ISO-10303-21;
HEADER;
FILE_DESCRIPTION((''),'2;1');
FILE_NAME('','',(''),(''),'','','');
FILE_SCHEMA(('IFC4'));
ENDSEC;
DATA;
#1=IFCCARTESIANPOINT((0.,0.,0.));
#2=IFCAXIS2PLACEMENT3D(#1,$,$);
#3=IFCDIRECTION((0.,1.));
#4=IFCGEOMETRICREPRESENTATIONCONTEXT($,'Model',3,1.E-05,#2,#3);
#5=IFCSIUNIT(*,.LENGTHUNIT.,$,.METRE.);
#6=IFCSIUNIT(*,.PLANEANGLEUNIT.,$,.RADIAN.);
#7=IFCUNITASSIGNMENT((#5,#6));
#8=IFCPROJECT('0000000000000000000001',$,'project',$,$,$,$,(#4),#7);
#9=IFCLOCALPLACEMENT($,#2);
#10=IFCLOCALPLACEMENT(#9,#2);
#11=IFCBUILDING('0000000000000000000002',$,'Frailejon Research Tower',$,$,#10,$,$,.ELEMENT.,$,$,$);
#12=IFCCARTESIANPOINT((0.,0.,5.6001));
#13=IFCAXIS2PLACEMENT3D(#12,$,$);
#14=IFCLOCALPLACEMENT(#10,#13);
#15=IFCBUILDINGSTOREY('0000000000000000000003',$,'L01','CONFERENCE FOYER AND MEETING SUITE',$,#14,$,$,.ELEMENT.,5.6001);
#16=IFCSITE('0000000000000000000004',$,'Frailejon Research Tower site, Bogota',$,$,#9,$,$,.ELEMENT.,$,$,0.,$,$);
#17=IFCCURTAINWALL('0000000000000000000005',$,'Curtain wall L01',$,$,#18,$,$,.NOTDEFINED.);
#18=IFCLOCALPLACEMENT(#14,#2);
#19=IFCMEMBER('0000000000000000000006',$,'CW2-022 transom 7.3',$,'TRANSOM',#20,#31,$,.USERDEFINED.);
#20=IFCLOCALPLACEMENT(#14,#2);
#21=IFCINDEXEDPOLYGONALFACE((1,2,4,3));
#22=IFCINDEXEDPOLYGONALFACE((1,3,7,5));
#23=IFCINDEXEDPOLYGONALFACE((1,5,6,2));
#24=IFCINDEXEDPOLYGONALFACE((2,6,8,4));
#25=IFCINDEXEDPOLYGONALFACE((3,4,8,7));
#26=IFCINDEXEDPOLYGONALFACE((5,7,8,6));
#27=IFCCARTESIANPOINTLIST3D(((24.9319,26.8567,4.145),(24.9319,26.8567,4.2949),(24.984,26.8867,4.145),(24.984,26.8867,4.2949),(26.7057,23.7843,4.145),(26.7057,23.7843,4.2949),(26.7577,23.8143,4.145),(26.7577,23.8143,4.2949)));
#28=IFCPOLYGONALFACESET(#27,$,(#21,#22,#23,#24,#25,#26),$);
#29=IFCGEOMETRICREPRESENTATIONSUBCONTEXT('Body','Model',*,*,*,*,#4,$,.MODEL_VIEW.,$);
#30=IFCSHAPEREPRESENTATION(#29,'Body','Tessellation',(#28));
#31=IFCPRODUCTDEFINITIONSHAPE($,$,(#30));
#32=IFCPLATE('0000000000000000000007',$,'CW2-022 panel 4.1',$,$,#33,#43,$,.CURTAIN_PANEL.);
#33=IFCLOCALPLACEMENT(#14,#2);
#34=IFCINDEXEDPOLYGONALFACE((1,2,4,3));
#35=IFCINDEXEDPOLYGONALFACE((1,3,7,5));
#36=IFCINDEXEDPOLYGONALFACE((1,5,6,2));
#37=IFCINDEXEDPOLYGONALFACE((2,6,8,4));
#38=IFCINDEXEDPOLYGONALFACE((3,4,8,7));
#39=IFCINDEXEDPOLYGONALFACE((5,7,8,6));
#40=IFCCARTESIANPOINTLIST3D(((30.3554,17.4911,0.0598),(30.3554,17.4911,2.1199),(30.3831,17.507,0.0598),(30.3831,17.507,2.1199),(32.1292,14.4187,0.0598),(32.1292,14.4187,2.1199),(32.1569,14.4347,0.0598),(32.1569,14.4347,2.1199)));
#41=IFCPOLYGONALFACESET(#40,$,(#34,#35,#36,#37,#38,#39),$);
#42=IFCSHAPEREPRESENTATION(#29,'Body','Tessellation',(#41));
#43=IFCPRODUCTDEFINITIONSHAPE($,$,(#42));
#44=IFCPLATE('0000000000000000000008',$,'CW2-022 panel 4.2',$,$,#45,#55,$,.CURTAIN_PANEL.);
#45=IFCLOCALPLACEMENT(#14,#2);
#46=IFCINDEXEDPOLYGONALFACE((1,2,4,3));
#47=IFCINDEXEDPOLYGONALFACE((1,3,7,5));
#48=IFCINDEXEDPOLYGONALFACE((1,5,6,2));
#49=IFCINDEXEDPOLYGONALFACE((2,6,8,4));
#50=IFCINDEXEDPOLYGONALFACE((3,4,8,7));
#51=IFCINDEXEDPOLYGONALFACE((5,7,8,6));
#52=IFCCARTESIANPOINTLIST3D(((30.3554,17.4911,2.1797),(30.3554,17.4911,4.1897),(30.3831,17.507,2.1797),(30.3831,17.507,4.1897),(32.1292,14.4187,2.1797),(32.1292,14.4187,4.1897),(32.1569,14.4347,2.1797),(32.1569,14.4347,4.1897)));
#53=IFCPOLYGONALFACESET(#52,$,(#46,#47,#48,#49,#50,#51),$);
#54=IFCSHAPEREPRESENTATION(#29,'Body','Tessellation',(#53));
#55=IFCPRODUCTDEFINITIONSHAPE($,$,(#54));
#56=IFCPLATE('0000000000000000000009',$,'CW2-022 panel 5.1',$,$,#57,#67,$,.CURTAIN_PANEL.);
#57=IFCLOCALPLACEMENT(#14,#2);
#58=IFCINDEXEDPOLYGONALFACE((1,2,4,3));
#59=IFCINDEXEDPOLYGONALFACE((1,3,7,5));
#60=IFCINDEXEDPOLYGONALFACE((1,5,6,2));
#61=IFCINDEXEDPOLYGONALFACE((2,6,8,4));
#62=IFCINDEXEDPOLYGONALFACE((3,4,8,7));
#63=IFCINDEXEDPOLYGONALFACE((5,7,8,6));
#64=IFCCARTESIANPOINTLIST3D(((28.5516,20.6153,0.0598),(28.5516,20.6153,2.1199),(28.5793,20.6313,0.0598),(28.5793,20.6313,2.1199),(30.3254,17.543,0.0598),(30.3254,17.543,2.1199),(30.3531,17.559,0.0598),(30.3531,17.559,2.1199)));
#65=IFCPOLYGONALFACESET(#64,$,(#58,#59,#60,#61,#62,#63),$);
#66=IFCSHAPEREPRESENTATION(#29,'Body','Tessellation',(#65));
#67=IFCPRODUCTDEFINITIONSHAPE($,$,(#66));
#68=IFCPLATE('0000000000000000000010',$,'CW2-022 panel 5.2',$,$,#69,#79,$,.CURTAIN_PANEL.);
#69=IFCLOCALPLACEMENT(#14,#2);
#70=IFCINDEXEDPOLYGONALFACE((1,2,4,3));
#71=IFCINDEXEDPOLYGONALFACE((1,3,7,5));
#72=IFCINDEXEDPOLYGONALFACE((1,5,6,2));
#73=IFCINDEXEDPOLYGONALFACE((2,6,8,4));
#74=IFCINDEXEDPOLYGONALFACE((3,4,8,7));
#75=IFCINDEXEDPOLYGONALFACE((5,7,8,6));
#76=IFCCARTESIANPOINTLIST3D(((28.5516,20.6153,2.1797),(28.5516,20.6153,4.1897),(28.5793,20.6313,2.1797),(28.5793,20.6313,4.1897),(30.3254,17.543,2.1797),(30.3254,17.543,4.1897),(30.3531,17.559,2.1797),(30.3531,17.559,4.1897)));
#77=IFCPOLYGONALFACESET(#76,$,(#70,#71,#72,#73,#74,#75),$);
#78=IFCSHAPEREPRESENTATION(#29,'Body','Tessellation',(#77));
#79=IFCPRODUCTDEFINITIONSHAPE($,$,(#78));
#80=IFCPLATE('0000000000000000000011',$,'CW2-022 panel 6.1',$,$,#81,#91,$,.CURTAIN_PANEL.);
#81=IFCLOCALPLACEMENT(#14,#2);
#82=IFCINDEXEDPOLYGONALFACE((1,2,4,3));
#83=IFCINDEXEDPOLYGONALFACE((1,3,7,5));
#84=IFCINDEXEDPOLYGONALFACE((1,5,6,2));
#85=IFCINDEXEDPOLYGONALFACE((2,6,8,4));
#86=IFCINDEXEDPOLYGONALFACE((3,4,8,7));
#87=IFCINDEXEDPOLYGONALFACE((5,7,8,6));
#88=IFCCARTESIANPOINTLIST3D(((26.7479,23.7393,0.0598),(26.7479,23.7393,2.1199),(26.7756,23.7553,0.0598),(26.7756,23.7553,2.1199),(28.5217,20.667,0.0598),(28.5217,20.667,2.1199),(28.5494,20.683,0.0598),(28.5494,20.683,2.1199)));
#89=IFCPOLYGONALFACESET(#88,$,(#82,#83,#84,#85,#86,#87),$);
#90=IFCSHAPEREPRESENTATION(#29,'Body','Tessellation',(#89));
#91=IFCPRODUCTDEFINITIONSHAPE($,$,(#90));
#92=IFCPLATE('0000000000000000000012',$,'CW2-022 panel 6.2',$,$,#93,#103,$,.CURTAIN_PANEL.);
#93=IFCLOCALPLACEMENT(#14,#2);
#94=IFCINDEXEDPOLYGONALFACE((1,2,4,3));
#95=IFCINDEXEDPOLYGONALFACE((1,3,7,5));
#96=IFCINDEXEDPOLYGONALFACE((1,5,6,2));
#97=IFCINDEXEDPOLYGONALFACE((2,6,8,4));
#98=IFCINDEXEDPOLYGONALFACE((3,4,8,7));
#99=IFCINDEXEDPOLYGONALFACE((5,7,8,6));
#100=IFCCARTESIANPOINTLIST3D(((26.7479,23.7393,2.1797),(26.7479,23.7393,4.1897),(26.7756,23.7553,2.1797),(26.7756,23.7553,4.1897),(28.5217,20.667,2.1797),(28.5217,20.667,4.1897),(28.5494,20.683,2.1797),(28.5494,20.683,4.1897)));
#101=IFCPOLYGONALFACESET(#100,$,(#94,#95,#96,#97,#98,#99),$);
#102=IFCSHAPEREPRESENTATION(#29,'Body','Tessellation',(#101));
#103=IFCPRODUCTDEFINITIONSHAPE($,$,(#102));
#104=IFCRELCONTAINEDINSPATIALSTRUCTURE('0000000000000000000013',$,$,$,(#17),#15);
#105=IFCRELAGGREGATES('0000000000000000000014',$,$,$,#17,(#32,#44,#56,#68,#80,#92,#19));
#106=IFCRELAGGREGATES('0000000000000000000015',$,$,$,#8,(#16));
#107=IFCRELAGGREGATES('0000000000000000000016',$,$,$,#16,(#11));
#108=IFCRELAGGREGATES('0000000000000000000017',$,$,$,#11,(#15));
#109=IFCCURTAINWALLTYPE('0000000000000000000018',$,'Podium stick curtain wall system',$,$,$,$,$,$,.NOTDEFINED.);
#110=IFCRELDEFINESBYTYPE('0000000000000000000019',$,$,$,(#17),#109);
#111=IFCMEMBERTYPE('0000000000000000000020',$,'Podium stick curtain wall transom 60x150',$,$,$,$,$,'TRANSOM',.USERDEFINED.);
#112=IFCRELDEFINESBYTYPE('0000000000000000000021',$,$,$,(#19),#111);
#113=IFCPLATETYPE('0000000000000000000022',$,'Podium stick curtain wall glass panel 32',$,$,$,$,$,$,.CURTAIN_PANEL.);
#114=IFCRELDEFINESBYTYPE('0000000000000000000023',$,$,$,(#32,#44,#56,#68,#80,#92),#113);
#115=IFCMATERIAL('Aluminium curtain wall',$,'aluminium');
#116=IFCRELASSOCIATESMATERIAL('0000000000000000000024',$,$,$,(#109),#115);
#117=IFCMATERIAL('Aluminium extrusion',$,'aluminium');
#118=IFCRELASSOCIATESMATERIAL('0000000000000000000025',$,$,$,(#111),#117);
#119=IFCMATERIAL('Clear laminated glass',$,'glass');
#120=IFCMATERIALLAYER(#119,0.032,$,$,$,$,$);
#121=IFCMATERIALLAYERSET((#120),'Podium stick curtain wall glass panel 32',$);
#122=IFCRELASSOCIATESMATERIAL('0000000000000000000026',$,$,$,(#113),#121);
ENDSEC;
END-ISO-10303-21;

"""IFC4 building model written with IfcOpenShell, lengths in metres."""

from ifc_helpers import new_model, si_unit, direction, frame, origin, origin_2d, place, context, subcontext, project, spatial, rectangle, extrude, material, layer, layer_set, material_profile, profile_set, type_object, element, aggregate, save


model = new_model("IFC4")

# Units and contexts
model_context = context("Model", 3, precision=1e-05, world=origin(), true_north=direction((0.0, 1.0)))
body_context = subcontext(model_context, "Body", "Model", "MODEL_VIEW")
ifc_project = project(units=[si_unit("LENGTHUNIT", "METRE"), si_unit("PLANEANGLEUNIT", "RADIAN")], contexts=[model_context])

# Site, building, storey
site_placement = place(None, origin())
site = spatial("IfcSite", under=ifc_project, at=site_placement, Name="Frailejon Research Tower site, Bogota", CompositionType="ELEMENT", RefElevation=0.0)
building_placement = place(site_placement, origin())
building = spatial("IfcBuilding", under=site, at=building_placement, Name="Frailejon Research Tower", CompositionType="ELEMENT")
storey_placement = place(building_placement, frame((0.0, 0.0, 5.6001)))
storey = spatial("IfcBuildingStorey", under=building, at=storey_placement, Name="L01", Description="CONFERENCE FOYER AND MEETING SUITE", CompositionType="ELEMENT", Elevation=5.6001)

# Curtain wall, member, plates
ifc_material_1 = material(Name="Aluminium curtain wall", Category="aluminium")
curtain_wall_type = type_object("IfcCurtainWallType", Name="Podium stick curtain wall system", PredefinedType="NOTDEFINED", material=ifc_material_1)
curtain_wall_placement = place(storey_placement, origin())
curtain_wall = element("IfcCurtainWall", 1, at=curtain_wall_placement, inside=storey, type_object=curtain_wall_type, Name="Curtain wall L01", PredefinedType="NOTDEFINED")
ifc_material_2 = material(Name="Aluminium extrusion", Category="aluminium")
ifc_material_profile_1 = material_profile(ifc_material_2, rectangle(XDim=0.0601, YDim=0.1499, at=origin_2d()), Name="Podium stick curtain wall transom 60x150")
ifc_profile_set_1 = profile_set([ifc_material_profile_1], Name="Aluminium extrusion")
member_type_1 = type_object("IfcMemberType", Name="Podium stick curtain wall transom 60x150", ElementType="TRANSOM", PredefinedType="USERDEFINED", material=ifc_profile_set_1)
member_1_placement = place(storey_placement, frame((26.7317, 23.7993, 4.22), z_axis=(-0.499981, 0.866037, 0.0), x_axis=(-0.866037, -0.499981, 0.0)))
member_1 = element("IfcMember", 2, at=member_1_placement, type_object=member_type_1, Name="CW2-022 transom 7.3", ObjectType="TRANSOM", PredefinedType="USERDEFINED", context=body_context, shape_type="SweptSolid", body=[
    extrude(rectangle(XDim=0.0601, YDim=0.1499, at=origin_2d()), origin(), (0.0, 0.0, 1.0), 3.5476),
])
ifc_material_3 = material(Name="Clear laminated glass", Category="glass")
ifc_layer = layer(ifc_material_3, 0.032)
ifc_layer_set = layer_set([ifc_layer], Name="Podium stick curtain wall glass panel 32")
plate_type = type_object("IfcPlateType", Name="Podium stick curtain wall glass panel 32", PredefinedType="CURTAIN_PANEL", material=ifc_layer_set)
plate_1_placement = place(storey_placement, frame((31.2561, 15.9629, 0.0598), z_axis=(0.0, 0.0, 1.0), x_axis=(-0.499998, 0.866026, 0.0)))
plate_1 = element("IfcPlate", 3, at=plate_1_placement, type_object=plate_type, Name="CW2-022 panel 4.1", PredefinedType="CURTAIN_PANEL", context=body_context, shape_type="SweptSolid", body=[
    extrude(rectangle(XDim=3.5476, YDim=0.032, at=origin_2d()), origin(), (0.0, 0.0, 1.0), 2.0601),
])
plate_2_placement = place(storey_placement, frame((31.2561, 15.9629, 2.1797), z_axis=(0.0, 0.0, 1.0), x_axis=(-0.499998, 0.866026, 0.0)))
plate_2 = element("IfcPlate", 4, at=plate_2_placement, type_object=plate_type, Name="CW2-022 panel 4.2", PredefinedType="CURTAIN_PANEL", context=body_context, shape_type="SweptSolid", body=[
    extrude(rectangle(XDim=3.5476, YDim=0.032, at=origin_2d()), origin(), (0.0, 0.0, 1.0), 2.01),
])
plate_3_placement = place(storey_placement, frame((29.4524, 19.0872, 0.0598), z_axis=(0.0, 0.0, 1.0), x_axis=(-0.499998, 0.866026, 0.0)))
plate_3 = element("IfcPlate", 5, at=plate_3_placement, type_object=plate_type, Name="CW2-022 panel 5.1", PredefinedType="CURTAIN_PANEL", context=body_context, shape_type="SweptSolid", body=[
    extrude(rectangle(XDim=3.5476, YDim=0.032, at=origin_2d()), origin(), (0.0, 0.0, 1.0), 2.0601),
])
plate_4_placement = place(storey_placement, frame((29.4524, 19.0872, 2.1797), z_axis=(0.0, 0.0, 1.0), x_axis=(-0.499998, 0.866026, 0.0)))
plate_4 = element("IfcPlate", 6, at=plate_4_placement, type_object=plate_type, Name="CW2-022 panel 5.2", PredefinedType="CURTAIN_PANEL", context=body_context, shape_type="SweptSolid", body=[
    extrude(rectangle(XDim=3.5476, YDim=0.032, at=origin_2d()), origin(), (0.0, 0.0, 1.0), 2.01),
])
plate_5_placement = place(storey_placement, frame((27.6487, 22.2112, 0.0598), z_axis=(0.0, 0.0, 1.0), x_axis=(-0.499998, 0.866026, 0.0)))
plate_5 = element("IfcPlate", 7, at=plate_5_placement, type_object=plate_type, Name="CW2-022 panel 6.1", PredefinedType="CURTAIN_PANEL", context=body_context, shape_type="SweptSolid", body=[
    extrude(rectangle(XDim=3.5476, YDim=0.032, at=origin_2d()), origin(), (0.0, 0.0, 1.0), 2.0601),
])
plate_6_placement = place(storey_placement, frame((27.6487, 22.2112, 2.1797), z_axis=(0.0, 0.0, 1.0), x_axis=(-0.499998, 0.866026, 0.0)))
plate_6 = element("IfcPlate", 8, at=plate_6_placement, type_object=plate_type, Name="CW2-022 panel 6.2", PredefinedType="CURTAIN_PANEL", context=body_context, shape_type="SweptSolid", body=[
    extrude(rectangle(XDim=3.5476, YDim=0.032, at=origin_2d()), origin(), (0.0, 0.0, 1.0), 2.01),
])
aggregate(curtain_wall, [plate_1, plate_2, plate_3, plate_4, plate_5, plate_6, member_1])

save(model, "model.ifc")
